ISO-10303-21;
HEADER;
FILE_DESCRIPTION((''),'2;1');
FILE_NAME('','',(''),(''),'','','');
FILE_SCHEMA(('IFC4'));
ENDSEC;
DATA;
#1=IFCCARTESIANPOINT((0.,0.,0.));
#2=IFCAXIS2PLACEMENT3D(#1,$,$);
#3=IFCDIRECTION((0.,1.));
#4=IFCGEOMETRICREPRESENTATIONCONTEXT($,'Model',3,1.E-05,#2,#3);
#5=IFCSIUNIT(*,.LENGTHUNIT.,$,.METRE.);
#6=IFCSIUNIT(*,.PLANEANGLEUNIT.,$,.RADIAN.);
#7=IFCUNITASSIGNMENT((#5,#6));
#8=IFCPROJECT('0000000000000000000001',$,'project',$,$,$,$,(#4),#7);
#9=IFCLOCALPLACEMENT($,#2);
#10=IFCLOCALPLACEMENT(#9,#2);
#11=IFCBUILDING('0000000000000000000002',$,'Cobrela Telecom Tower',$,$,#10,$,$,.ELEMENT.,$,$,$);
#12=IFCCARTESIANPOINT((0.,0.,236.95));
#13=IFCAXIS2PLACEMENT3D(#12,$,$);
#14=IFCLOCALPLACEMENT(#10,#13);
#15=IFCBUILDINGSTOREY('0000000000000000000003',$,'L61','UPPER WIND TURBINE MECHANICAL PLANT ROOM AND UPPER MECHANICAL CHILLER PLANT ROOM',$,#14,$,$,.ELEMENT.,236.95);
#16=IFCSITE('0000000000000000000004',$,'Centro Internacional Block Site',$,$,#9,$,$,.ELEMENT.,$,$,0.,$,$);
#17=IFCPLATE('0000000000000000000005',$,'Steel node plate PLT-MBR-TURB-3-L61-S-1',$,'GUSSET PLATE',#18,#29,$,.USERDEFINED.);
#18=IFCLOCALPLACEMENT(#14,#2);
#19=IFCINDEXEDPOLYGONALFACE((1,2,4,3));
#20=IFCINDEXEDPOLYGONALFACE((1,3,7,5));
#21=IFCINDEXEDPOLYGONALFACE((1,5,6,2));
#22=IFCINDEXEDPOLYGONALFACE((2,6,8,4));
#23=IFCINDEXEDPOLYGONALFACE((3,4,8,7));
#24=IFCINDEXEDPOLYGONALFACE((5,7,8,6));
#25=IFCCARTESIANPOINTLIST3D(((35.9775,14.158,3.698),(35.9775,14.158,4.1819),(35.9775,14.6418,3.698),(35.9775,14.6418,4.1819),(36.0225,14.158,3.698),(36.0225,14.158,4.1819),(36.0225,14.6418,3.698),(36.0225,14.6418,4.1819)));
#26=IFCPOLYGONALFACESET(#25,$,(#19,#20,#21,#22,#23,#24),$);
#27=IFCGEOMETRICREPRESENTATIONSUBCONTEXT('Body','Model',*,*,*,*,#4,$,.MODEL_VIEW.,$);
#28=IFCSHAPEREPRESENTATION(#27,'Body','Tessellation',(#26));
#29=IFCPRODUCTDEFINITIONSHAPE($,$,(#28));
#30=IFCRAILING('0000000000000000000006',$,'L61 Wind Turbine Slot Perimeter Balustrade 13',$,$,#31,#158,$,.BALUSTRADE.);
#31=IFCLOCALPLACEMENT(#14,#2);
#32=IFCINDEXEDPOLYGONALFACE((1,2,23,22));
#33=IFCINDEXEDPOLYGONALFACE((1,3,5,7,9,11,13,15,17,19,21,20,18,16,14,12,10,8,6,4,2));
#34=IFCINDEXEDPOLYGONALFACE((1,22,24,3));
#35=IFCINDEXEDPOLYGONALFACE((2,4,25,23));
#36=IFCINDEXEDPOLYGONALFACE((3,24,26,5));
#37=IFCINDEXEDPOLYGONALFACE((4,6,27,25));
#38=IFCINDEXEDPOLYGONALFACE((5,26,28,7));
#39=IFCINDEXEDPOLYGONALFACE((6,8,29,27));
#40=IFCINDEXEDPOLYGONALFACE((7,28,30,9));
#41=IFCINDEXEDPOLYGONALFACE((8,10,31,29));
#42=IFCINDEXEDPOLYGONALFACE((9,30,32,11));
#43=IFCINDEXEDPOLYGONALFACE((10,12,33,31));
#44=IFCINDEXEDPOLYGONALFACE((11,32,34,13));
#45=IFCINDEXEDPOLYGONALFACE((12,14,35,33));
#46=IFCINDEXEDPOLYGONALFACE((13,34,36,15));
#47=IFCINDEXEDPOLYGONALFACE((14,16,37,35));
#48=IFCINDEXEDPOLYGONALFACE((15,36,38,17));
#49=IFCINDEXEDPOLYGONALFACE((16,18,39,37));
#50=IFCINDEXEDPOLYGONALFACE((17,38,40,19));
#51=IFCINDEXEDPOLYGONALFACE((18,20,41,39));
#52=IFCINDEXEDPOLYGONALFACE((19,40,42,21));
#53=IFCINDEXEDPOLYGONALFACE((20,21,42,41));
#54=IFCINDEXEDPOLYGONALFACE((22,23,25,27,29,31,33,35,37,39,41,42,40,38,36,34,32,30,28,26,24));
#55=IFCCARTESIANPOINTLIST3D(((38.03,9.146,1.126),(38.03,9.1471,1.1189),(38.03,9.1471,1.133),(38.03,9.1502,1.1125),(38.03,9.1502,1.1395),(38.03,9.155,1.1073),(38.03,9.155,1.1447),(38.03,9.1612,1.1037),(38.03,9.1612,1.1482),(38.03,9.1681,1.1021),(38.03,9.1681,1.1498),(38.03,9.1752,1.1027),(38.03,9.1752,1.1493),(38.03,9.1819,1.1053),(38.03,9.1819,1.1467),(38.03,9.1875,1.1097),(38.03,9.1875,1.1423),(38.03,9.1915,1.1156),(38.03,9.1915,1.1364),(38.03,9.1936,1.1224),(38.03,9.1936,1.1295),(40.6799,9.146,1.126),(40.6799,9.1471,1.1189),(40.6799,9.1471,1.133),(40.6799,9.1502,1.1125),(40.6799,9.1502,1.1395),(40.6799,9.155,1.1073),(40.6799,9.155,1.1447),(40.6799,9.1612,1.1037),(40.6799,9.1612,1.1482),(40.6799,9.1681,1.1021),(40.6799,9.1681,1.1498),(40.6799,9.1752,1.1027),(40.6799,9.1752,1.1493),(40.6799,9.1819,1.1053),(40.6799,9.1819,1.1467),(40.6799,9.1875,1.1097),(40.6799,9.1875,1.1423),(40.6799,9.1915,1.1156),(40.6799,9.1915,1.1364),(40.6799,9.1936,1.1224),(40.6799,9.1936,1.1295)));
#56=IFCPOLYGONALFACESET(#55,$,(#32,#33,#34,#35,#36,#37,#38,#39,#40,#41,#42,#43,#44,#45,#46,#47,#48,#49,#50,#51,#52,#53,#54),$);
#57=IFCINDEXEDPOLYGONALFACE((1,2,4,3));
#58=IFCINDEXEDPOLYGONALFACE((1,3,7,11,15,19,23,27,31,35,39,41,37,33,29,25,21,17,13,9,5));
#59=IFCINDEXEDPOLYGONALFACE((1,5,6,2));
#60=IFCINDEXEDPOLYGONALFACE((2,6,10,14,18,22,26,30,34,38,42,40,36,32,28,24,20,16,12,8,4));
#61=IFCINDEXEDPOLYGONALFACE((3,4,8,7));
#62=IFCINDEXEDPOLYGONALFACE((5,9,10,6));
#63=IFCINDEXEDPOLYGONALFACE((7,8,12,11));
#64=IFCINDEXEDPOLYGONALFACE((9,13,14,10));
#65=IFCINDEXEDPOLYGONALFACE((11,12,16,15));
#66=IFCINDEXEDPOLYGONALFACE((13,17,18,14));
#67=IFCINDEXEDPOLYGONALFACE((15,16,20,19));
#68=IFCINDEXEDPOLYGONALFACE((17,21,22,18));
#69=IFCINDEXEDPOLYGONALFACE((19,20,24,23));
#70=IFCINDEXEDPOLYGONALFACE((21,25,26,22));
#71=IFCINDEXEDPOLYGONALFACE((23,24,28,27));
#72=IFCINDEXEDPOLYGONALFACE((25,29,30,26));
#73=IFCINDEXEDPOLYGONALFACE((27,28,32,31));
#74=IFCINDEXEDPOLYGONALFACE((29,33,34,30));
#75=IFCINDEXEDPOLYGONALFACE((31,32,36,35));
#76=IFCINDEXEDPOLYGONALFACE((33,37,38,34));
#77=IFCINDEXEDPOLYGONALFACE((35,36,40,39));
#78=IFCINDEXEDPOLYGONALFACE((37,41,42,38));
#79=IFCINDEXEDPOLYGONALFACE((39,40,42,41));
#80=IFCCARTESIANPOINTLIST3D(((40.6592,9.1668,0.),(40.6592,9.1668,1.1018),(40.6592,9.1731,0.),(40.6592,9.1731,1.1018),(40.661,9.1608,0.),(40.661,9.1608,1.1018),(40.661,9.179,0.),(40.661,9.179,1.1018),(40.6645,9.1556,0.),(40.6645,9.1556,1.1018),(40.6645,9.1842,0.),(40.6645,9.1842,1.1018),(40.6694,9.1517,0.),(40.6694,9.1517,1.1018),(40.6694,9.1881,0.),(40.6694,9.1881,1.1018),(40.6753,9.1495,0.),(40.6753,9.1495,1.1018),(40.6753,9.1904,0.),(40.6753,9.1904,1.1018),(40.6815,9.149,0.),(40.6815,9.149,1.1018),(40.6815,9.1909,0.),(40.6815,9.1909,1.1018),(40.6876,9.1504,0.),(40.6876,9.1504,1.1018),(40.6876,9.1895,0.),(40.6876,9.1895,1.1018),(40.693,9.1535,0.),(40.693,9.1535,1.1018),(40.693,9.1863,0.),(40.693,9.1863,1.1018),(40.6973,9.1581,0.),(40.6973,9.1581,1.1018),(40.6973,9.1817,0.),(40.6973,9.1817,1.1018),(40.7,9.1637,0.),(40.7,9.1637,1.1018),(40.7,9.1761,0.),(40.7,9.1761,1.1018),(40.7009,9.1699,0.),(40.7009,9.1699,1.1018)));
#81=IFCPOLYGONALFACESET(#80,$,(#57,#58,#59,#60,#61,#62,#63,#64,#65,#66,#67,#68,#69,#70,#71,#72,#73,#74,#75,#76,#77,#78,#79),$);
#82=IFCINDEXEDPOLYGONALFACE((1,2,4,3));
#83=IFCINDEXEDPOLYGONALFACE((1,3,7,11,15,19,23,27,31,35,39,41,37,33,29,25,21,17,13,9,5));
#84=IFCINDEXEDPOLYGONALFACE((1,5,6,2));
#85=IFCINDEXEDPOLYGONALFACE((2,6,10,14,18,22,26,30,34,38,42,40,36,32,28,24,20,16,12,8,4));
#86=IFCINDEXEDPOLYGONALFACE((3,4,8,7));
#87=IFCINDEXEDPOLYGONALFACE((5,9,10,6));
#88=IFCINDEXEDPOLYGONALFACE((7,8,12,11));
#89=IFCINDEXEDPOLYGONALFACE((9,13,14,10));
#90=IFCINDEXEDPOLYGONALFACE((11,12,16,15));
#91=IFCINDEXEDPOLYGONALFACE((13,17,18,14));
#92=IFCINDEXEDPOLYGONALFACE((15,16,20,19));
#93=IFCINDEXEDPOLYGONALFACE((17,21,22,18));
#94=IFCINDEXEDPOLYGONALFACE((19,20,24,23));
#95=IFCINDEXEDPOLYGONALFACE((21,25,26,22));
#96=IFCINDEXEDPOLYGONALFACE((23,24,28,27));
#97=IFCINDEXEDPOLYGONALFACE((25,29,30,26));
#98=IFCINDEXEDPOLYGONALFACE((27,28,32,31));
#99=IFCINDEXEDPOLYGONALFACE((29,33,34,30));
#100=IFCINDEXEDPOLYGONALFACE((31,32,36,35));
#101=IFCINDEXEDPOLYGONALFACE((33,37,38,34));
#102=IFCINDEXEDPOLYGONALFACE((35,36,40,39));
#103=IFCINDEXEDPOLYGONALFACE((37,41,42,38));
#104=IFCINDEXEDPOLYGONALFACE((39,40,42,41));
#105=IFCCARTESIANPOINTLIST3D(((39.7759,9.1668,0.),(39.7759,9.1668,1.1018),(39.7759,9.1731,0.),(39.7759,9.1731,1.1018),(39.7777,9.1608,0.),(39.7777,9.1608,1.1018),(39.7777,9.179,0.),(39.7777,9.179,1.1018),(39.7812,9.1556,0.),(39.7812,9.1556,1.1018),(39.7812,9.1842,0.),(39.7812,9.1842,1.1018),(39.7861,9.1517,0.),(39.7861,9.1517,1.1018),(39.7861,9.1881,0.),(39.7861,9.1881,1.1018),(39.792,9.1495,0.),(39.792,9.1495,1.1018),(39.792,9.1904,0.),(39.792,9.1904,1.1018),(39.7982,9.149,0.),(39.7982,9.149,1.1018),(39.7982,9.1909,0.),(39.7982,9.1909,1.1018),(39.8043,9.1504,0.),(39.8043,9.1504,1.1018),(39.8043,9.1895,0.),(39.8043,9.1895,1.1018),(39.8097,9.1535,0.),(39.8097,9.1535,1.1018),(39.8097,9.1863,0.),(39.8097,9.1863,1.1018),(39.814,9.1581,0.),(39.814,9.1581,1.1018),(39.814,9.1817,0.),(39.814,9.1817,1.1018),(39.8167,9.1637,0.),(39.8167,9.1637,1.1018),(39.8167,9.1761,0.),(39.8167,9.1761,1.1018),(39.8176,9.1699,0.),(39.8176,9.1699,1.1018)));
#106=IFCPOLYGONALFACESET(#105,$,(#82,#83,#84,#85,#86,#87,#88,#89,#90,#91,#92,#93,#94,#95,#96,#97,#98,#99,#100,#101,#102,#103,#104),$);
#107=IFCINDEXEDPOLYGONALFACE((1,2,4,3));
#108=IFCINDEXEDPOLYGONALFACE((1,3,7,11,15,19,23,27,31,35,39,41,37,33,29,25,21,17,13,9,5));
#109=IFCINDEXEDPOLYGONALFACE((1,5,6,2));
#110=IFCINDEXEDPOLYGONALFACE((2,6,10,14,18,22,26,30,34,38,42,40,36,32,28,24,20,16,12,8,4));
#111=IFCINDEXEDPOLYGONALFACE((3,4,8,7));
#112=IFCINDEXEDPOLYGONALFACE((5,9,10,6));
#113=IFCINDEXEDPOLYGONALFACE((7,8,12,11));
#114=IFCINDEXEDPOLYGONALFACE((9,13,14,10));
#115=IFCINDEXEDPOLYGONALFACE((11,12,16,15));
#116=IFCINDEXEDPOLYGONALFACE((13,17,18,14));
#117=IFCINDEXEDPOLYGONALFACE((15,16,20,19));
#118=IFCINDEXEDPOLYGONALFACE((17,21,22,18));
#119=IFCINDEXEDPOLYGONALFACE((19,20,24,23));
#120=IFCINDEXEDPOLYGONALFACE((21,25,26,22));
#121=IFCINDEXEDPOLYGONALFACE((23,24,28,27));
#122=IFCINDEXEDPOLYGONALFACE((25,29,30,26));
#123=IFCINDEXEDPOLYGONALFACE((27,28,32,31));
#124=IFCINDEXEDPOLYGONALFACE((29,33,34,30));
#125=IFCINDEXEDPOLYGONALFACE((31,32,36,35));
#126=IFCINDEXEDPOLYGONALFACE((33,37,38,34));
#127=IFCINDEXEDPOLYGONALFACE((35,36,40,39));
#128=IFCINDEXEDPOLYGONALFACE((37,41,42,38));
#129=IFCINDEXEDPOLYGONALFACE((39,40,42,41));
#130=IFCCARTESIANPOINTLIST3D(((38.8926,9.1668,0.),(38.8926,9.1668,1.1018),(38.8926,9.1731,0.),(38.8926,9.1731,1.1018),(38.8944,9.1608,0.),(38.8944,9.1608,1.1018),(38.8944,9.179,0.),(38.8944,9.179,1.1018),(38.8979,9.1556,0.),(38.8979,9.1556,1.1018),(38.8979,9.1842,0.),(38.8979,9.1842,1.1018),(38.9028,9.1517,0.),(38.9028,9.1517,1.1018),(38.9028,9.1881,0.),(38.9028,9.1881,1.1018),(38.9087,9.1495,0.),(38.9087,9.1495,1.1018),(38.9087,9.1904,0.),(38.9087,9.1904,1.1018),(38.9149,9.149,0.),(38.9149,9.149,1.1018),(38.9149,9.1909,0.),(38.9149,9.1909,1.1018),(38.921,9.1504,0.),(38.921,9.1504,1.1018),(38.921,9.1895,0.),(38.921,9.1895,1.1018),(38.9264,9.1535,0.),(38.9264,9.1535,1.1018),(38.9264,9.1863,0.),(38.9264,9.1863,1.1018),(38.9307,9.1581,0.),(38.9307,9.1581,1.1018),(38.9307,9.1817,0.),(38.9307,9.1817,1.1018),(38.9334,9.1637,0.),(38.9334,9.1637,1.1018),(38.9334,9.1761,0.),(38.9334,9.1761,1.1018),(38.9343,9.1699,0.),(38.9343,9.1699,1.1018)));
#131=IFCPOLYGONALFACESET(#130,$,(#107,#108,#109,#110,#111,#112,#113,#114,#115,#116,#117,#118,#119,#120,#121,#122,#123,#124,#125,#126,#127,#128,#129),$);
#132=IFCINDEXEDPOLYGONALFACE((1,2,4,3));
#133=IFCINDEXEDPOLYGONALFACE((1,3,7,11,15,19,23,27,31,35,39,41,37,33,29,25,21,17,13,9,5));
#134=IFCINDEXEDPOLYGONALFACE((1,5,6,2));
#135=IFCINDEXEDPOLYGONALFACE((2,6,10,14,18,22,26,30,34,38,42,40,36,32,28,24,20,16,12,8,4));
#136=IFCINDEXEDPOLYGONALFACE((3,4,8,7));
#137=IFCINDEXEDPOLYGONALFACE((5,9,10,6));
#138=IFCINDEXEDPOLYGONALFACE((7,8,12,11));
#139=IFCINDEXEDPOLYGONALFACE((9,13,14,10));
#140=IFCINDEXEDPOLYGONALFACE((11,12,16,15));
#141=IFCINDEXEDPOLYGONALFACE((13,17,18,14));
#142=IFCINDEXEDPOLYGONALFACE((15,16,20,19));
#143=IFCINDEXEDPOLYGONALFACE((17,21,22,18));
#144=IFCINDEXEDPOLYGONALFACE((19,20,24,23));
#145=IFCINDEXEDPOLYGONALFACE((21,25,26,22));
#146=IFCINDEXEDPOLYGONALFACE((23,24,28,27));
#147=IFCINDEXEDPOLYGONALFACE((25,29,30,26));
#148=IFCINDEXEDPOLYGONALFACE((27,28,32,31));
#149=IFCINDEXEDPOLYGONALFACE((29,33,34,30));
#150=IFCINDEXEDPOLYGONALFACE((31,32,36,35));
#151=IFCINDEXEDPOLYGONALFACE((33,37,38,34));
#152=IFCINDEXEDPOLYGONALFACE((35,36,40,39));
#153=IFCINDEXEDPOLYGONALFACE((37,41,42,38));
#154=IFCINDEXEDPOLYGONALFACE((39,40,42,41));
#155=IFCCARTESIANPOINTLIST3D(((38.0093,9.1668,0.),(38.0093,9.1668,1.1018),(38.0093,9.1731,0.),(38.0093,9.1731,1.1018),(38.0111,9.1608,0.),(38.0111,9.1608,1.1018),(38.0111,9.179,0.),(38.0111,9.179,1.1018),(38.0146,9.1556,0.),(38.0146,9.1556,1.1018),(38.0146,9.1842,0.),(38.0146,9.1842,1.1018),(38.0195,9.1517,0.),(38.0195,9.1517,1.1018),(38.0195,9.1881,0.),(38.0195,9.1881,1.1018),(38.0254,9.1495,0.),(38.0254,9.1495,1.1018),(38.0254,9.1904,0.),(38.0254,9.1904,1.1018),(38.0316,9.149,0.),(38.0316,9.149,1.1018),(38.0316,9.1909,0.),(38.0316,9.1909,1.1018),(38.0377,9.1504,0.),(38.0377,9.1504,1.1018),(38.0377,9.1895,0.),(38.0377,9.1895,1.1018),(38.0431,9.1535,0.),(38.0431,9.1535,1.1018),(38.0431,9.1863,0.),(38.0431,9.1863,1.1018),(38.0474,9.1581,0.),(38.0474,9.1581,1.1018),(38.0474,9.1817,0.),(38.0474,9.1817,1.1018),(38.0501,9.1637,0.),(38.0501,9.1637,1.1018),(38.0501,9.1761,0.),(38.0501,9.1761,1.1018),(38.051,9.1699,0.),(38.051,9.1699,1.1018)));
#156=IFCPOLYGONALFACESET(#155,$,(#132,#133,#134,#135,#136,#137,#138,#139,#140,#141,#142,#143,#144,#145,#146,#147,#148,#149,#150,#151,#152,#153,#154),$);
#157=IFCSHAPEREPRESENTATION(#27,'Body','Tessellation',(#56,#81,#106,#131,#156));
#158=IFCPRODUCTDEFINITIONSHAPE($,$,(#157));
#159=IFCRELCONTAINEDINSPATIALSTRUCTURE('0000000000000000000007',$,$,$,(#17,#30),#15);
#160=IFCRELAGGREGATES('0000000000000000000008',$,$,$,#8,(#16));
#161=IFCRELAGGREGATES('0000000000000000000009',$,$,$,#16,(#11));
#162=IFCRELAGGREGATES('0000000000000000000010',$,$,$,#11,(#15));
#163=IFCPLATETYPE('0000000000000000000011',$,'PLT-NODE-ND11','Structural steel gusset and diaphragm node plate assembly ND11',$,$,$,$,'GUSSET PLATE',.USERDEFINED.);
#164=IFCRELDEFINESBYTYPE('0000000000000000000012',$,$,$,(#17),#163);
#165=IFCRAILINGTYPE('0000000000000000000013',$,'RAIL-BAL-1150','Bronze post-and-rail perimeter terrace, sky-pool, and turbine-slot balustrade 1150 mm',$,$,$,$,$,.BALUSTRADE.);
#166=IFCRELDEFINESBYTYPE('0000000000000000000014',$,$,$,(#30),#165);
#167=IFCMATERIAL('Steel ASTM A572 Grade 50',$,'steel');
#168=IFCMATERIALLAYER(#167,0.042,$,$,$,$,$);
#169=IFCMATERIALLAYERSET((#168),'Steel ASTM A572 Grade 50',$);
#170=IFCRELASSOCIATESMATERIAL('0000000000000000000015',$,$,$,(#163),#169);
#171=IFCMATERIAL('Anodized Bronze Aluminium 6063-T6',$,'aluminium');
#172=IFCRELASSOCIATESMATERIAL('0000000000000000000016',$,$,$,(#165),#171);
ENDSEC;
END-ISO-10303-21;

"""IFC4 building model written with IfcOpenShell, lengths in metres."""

from ifc_helpers import new_model, si_unit, direction, frame, origin, origin_2d, place, context, subcontext, project, spatial, rectangle, circle, extrude, material, layer, layer_set, type_object, element, save


model = new_model("IFC4")

# Units and contexts
model_context = context("Model", 3, precision=1e-05, world=origin(), true_north=direction((0.0, 1.0)))
body_context = subcontext(model_context, "Body", "Model", "MODEL_VIEW")
ifc_project = project(units=[si_unit("LENGTHUNIT", "METRE"), si_unit("PLANEANGLEUNIT", "RADIAN")], contexts=[model_context])

# Site, building, storey
site_placement = place(None, origin())
site = spatial("IfcSite", under=ifc_project, at=site_placement, Name="Centro Internacional Block Site", CompositionType="ELEMENT", RefElevation=0.0)
building_placement = place(site_placement, origin())
building = spatial("IfcBuilding", under=site, at=building_placement, Name="Cobrela Telecom Tower", CompositionType="ELEMENT")
storey_placement = place(building_placement, frame((0.0, 0.0, 236.95)))
storey = spatial("IfcBuildingStorey", under=building, at=storey_placement, Name="L61", Description="UPPER WIND TURBINE MECHANICAL PLANT ROOM AND UPPER MECHANICAL CHILLER PLANT ROOM", CompositionType="ELEMENT", Elevation=236.95)

# Shared definitions
ifc_material_1 = material(Name="Steel ASTM A572 Grade 50", Category="steel")

# Plate
ifc_layer_1 = layer(ifc_material_1, 0.042)
ifc_layer_set_1 = layer_set([ifc_layer_1], Name="Steel ASTM A572 Grade 50")
plate_type_1 = type_object("IfcPlateType", Name="PLT-NODE-ND11", Description="Structural steel gusset and diaphragm node plate assembly ND11", ElementType="GUSSET PLATE", PredefinedType="USERDEFINED", material=ifc_layer_set_1)
for number, where, z_axis, x_axis, name in (
    (1, (36.0, 14.3999, 3.698), (0.0, 0.0, 1.0), (0.0, 1.0, 0.0), "Steel node plate PLT-MBR-TURB-3-L61-S-1"),
):
    element("IfcPlate", number, at=place(storey_placement, frame(where, z_axis=z_axis, x_axis=x_axis)), inside=storey, type_object=plate_type_1, Name=name, ObjectType="GUSSET PLATE", PredefinedType="USERDEFINED", context=body_context, shape_type="SweptSolid", body=[
        extrude(rectangle(XDim=0.4839, YDim=0.0449, at=origin_2d()), origin(), (0.0, 0.0, 1.0), 0.4839),
    ])

# Railing
ifc_material_2 = material(Name="Anodized Bronze Aluminium 6063-T6", Category="aluminium")
railing_type = type_object("IfcRailingType", Name="RAIL-BAL-1150", Description="Bronze post-and-rail perimeter terrace, sky-pool, and turbine-slot balustrade 1150 mm", PredefinedType="BALUSTRADE", material=ifc_material_2)
railing_1_placement = place(storey_placement, frame((40.6799, 9.1699, 0.0)))
element("IfcRailing", 2, at=railing_1_placement, inside=storey, type_object=railing_type, Name="L61 Wind Turbine Slot Perimeter Balustrade 13", PredefinedType="BALUSTRADE", context=body_context, shape_type="SweptSolid", body=[
    extrude(circle(Radius=0.0239, at=origin_2d()), frame((0.0, 0.0, 1.126), z_axis=(-1.0, 0.0, 0.0), x_axis=(0.0, -1.0, 0.0)), (0.0, 0.0, 1.0), 2.6499),
    extrude(circle(Radius=0.021, at=origin_2d()), origin(), (0.0, 0.0, 1.0), 1.1018),
    extrude(circle(Radius=0.021, at=origin_2d()), frame((-0.8833, 0.0, 0.0)), (0.0, 0.0, 1.0), 1.1018),
    extrude(circle(Radius=0.021, at=origin_2d()), frame((-1.7666, 0.0, 0.0)), (0.0, 0.0, 1.0), 1.1018),
    extrude(circle(Radius=0.021, at=origin_2d()), frame((-2.6499, 0.0, 0.0)), (0.0, 0.0, 1.0), 1.1018),
])

save(model, "model.ifc")
